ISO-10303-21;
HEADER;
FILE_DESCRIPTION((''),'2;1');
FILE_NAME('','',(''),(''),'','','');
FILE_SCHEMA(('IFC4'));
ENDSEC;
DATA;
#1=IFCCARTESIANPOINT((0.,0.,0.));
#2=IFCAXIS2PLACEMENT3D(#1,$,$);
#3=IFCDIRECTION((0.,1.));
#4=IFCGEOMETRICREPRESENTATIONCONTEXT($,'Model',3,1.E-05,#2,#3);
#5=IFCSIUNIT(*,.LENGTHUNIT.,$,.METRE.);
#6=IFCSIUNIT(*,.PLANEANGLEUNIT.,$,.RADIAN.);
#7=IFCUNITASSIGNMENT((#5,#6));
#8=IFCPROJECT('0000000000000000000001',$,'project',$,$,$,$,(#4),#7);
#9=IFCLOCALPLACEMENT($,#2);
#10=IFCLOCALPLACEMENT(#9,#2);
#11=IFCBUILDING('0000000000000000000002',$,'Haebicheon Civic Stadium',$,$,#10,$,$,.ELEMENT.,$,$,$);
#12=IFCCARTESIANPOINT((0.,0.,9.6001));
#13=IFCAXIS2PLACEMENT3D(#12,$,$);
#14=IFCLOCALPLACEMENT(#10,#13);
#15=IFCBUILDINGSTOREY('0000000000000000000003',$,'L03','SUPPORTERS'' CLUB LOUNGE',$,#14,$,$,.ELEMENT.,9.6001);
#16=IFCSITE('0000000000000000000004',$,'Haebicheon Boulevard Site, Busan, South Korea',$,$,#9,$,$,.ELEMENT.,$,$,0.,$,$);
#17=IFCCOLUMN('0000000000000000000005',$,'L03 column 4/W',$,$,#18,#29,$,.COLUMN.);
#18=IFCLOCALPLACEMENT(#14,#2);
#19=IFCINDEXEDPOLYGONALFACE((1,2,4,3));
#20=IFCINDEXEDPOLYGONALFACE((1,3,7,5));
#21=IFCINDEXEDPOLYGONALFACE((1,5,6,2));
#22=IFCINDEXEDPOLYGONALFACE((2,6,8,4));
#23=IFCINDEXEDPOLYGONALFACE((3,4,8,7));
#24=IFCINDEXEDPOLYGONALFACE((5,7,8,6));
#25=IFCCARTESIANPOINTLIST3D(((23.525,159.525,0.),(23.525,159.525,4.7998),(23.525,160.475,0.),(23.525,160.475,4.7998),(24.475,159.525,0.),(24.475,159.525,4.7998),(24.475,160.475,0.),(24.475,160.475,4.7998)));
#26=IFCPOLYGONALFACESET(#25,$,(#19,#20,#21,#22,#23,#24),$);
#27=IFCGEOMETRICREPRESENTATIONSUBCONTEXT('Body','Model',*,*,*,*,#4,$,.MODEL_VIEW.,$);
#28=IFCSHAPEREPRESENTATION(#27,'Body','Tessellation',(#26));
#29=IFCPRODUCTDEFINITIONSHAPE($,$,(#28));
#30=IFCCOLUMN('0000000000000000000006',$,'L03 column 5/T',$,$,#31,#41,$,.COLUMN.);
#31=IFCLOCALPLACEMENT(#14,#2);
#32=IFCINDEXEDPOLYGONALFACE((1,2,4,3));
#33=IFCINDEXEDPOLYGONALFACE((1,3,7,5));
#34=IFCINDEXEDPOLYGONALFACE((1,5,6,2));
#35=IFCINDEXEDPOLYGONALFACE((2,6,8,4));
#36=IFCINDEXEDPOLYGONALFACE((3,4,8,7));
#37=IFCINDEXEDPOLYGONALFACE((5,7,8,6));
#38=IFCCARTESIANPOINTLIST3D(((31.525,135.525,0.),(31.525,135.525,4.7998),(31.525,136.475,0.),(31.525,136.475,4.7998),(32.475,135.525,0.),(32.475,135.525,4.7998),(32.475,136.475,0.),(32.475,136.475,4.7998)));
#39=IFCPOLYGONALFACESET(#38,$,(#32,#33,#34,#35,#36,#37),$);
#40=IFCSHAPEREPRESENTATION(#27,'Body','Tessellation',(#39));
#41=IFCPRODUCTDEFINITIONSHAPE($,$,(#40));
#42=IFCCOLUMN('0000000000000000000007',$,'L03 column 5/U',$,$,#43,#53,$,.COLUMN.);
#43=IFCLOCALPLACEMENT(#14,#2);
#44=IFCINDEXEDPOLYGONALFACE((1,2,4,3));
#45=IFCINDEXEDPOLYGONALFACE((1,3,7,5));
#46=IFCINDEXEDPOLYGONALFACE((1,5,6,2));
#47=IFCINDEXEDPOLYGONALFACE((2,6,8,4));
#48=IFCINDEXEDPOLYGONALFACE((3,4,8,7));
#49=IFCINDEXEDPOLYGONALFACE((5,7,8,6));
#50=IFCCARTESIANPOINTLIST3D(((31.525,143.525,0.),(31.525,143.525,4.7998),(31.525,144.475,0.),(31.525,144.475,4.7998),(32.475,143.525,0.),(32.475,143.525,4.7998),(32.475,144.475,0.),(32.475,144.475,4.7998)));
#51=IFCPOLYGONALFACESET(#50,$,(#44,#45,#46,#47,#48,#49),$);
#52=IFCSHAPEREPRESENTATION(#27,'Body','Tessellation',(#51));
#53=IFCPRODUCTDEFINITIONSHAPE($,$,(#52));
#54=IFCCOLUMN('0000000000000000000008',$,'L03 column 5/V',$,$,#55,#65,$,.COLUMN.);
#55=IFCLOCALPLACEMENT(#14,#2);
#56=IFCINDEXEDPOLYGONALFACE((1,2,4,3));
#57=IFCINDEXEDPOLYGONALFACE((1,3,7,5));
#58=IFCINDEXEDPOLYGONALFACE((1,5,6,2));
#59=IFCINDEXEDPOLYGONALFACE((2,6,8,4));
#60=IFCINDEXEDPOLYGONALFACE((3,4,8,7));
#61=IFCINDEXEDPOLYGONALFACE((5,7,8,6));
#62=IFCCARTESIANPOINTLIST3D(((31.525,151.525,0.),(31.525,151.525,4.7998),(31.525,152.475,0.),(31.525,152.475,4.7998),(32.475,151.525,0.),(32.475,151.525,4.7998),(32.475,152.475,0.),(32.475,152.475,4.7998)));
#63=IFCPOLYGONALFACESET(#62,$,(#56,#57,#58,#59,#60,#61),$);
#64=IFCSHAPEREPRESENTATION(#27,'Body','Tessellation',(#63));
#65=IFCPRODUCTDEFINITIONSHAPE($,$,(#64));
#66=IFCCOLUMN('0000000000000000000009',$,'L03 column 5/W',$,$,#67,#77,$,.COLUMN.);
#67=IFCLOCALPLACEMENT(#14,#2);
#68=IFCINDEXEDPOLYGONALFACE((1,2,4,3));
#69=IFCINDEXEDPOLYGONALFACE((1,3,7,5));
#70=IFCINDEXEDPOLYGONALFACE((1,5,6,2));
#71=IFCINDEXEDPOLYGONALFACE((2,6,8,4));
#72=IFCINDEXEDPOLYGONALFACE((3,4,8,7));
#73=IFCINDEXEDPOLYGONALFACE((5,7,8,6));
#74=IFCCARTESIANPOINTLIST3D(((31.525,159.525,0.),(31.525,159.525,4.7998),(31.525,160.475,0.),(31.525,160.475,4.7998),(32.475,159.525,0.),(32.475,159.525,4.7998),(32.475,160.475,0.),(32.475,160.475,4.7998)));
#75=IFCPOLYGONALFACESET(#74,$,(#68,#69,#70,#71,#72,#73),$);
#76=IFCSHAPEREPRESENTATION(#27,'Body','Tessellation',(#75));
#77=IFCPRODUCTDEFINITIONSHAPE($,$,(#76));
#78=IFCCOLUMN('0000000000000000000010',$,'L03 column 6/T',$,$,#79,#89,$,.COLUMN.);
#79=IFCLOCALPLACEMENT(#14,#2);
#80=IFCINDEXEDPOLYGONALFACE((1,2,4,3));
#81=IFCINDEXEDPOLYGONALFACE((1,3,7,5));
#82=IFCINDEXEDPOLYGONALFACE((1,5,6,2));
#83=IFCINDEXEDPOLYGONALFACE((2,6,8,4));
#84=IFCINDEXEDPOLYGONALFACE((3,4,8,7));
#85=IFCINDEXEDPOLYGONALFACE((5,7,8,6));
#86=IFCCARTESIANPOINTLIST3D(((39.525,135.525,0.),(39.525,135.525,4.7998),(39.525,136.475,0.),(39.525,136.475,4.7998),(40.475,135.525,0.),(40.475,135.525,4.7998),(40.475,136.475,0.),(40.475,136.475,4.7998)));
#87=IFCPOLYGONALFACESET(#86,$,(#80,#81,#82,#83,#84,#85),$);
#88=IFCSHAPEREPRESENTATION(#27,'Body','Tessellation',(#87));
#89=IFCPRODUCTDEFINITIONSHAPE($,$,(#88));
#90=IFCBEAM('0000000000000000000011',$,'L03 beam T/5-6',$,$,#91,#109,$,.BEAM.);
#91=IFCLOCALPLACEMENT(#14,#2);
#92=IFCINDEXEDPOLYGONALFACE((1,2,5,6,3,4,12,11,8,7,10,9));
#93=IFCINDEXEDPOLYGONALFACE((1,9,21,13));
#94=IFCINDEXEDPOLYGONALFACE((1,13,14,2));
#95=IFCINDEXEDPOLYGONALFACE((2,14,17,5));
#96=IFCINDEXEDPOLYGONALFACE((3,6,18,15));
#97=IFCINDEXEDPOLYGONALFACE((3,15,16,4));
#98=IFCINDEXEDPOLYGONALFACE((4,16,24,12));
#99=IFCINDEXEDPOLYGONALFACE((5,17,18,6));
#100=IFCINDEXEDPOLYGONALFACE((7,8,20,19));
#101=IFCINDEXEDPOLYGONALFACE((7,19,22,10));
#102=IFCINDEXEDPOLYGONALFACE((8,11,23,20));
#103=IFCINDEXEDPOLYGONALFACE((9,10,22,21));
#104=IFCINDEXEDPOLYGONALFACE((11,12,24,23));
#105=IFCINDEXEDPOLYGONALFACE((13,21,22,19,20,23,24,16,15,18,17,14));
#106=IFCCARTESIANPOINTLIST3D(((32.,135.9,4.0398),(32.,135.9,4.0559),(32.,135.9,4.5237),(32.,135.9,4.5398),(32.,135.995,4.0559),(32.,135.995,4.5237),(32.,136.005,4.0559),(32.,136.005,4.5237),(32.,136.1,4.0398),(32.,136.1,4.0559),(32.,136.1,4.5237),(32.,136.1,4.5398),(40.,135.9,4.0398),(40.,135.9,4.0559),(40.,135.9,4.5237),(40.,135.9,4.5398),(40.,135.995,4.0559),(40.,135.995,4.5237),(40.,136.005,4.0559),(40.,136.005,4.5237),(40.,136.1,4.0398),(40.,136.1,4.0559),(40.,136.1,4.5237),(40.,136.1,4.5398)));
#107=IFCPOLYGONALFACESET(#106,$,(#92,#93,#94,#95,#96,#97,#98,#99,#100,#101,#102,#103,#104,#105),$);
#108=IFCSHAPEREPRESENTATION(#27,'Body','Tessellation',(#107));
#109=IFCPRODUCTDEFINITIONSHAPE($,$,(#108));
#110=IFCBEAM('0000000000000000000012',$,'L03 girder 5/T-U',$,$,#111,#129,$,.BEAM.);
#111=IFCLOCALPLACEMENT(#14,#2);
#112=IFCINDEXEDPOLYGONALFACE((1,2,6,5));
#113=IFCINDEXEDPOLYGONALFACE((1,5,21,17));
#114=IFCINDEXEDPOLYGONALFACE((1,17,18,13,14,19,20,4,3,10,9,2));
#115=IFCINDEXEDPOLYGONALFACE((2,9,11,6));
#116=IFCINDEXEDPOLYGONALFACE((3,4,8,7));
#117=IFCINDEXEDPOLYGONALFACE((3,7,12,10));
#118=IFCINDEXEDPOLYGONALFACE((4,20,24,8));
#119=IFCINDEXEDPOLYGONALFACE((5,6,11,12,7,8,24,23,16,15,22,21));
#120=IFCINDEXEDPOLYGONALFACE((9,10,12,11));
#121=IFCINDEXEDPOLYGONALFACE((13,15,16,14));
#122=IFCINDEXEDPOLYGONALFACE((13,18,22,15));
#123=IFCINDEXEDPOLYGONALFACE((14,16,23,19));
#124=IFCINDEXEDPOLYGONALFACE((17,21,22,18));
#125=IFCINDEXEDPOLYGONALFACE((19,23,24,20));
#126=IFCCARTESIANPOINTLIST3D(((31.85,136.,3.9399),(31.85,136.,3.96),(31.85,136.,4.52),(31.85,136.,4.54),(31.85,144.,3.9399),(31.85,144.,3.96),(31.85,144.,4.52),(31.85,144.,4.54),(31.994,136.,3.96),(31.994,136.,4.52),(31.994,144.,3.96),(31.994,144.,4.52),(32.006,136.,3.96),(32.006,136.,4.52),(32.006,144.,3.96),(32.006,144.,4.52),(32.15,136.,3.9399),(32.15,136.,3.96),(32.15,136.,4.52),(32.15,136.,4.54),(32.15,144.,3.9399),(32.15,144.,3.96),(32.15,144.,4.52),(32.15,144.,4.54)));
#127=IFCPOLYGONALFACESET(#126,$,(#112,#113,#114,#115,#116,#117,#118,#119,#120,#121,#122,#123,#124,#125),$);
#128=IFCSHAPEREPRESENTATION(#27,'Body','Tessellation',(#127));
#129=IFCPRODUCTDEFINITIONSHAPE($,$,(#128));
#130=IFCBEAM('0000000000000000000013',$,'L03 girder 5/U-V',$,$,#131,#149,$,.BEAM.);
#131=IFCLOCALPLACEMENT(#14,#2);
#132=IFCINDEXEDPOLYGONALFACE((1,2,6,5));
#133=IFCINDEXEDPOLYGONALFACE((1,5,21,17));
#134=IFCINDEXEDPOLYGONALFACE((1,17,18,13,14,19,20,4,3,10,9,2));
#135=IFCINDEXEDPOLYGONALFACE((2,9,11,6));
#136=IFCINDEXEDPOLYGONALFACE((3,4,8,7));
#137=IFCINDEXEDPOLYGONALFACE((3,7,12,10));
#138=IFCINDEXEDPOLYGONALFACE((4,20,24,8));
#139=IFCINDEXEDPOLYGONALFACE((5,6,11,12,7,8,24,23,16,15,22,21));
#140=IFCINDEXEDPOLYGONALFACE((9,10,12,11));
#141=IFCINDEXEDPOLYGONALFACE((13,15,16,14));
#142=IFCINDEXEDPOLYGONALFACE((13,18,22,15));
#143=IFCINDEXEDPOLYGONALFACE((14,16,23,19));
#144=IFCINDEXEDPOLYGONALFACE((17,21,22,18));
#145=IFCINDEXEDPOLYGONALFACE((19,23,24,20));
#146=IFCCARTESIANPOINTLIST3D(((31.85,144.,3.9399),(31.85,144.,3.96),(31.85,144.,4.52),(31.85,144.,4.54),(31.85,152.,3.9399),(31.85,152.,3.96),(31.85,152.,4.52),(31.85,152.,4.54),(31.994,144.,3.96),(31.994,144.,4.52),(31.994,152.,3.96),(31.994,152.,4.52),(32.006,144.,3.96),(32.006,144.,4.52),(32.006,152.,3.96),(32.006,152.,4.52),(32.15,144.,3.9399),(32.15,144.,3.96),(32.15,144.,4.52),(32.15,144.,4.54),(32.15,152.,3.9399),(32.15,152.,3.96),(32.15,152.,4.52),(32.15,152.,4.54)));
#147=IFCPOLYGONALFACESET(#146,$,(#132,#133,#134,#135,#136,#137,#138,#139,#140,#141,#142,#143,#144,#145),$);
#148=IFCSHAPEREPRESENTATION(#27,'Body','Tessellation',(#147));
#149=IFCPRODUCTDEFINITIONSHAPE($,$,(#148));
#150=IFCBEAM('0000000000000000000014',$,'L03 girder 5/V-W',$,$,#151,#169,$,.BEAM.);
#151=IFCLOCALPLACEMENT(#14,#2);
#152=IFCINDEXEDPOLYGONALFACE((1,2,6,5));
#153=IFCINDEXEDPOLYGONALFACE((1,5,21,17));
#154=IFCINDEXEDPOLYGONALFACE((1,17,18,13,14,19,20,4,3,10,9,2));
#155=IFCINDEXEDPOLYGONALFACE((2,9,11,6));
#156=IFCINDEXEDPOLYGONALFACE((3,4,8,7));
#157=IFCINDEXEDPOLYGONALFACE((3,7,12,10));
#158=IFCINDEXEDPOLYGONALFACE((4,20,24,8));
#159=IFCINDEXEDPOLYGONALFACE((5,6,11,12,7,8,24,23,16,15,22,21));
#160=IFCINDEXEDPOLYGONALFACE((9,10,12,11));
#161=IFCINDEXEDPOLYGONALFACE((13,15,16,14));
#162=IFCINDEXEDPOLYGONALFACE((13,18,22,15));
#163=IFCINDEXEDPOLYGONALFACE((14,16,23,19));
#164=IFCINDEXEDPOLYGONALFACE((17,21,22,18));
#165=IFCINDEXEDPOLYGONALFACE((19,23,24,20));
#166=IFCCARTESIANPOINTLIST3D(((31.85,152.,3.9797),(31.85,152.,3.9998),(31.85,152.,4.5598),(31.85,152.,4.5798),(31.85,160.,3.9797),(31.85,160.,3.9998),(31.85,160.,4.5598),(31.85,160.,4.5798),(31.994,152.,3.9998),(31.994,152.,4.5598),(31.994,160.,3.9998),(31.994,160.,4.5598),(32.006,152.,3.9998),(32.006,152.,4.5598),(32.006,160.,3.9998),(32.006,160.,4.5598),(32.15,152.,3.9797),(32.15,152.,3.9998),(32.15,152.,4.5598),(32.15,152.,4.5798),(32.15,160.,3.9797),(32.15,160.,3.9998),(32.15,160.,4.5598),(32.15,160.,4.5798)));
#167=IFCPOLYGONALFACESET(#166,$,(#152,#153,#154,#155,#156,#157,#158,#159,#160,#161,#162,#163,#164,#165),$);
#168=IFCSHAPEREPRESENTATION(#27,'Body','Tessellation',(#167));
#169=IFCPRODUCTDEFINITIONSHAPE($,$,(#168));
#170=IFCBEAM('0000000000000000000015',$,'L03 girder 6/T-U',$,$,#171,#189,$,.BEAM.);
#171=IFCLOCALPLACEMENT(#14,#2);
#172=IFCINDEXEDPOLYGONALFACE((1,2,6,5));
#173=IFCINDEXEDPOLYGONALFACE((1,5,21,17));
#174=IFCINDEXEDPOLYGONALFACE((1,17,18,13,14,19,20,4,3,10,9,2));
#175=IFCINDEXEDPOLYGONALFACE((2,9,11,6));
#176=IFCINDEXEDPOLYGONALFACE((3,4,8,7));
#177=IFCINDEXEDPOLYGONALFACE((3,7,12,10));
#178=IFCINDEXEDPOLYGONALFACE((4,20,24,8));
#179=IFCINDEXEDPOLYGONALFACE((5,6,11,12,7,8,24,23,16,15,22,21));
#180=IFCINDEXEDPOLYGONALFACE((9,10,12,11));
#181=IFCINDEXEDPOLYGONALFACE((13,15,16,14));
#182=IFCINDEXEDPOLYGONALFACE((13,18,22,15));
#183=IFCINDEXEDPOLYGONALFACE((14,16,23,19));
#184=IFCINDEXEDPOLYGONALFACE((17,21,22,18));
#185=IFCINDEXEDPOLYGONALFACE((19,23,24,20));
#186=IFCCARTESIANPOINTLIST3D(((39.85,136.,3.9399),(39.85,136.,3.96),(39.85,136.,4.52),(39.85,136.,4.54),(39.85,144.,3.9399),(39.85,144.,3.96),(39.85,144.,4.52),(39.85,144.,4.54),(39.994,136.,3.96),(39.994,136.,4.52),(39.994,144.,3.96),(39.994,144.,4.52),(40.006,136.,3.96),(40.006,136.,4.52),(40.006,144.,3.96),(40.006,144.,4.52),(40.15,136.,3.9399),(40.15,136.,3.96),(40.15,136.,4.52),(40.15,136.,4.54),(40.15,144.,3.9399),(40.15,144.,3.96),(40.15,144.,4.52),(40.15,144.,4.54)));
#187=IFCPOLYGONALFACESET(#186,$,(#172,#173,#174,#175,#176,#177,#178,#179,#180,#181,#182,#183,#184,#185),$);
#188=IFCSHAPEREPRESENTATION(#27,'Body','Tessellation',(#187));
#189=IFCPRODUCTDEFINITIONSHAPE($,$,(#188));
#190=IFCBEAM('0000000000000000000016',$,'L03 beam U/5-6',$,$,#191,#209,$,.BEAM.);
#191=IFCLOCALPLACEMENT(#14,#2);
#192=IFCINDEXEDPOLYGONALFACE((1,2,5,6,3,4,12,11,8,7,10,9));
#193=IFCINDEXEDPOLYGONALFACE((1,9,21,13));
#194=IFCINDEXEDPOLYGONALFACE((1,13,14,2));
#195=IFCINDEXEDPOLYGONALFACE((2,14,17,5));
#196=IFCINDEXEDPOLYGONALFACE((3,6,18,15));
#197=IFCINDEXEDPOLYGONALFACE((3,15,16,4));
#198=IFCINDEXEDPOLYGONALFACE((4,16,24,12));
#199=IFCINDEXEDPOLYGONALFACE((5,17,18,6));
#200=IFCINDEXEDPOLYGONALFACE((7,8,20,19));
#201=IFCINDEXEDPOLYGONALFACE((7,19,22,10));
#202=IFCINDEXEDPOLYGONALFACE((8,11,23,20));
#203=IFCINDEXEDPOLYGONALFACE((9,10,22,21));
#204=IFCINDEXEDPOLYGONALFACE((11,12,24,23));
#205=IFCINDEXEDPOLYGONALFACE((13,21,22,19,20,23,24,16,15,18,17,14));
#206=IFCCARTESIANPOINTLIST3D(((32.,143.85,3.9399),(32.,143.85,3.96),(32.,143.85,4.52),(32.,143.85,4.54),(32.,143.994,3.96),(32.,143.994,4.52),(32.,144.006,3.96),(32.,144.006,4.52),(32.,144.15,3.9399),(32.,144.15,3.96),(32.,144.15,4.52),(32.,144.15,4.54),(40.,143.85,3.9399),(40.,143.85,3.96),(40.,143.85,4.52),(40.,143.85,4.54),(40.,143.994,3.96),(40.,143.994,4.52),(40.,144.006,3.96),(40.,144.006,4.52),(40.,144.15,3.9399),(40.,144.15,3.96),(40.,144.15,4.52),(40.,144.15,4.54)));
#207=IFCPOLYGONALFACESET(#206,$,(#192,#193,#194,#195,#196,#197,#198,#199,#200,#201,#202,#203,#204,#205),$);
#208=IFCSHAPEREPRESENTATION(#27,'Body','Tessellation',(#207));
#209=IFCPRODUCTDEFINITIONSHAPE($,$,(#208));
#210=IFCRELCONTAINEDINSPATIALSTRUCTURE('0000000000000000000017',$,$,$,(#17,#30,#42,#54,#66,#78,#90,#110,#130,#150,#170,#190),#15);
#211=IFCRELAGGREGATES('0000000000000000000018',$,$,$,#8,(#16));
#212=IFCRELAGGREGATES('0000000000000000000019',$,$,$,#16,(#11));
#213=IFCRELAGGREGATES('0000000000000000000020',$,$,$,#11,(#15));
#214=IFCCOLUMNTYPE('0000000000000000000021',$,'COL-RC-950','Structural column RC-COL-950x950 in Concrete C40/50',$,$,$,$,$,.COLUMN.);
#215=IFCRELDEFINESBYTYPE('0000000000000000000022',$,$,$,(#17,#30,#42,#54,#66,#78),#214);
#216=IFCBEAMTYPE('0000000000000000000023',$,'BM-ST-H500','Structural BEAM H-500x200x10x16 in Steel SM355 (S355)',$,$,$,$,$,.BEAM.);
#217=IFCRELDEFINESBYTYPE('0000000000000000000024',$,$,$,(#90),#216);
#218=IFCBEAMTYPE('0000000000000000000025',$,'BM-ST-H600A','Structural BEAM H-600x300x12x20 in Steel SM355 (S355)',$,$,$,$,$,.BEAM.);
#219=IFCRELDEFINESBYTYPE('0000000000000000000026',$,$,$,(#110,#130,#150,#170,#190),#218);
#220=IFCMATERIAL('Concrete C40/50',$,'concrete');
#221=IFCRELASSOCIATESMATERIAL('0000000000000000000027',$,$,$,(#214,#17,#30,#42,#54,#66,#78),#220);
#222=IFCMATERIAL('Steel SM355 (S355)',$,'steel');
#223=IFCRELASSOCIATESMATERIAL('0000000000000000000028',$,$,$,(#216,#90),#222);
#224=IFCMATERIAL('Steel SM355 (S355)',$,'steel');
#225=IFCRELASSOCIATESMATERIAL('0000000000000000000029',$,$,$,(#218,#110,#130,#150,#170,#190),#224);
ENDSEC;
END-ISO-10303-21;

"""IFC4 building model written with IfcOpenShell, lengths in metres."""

from ifc_helpers import new_model, si_unit, direction, frame, origin, origin_2d, place, context, subcontext, project, spatial, rectangle, i_section, extrude, material, material_profile, profile_set, type_object, element, save


model = new_model("IFC4")

# Units and contexts
model_context = context("Model", 3, precision=1e-05, world=origin(), true_north=direction((0.0, 1.0)))
body_context = subcontext(model_context, "Body", "Model", "MODEL_VIEW")
ifc_project = project(units=[si_unit("LENGTHUNIT", "METRE"), si_unit("PLANEANGLEUNIT", "RADIAN")], contexts=[model_context])

# Site, building, storey
site_placement = place(None, origin())
site = spatial("IfcSite", under=ifc_project, at=site_placement, Name="Haebicheon Boulevard Site, Busan, South Korea", CompositionType="ELEMENT", RefElevation=0.0)
building_placement = place(site_placement, origin())
building = spatial("IfcBuilding", under=site, at=building_placement, Name="Haebicheon Civic Stadium", CompositionType="ELEMENT")
storey_placement = place(building_placement, frame((0.0, 0.0, 9.6001)))
storey = spatial("IfcBuildingStorey", under=building, at=storey_placement, Name="L03", Description="SUPPORTERS' CLUB LOUNGE", CompositionType="ELEMENT", Elevation=9.6001)

# Columns
ifc_material_1 = material(Name="Concrete C40/50", Category="concrete")
ifc_material_profile_1 = material_profile(ifc_material_1, rectangle(XDim=0.95, YDim=0.95, at=origin_2d()), Name="RC-COL-950x950")
ifc_profile_set_1 = profile_set([ifc_material_profile_1], Name="Concrete C40/50")
column_type = type_object("IfcColumnType", Name="COL-RC-950", Description="Structural column RC-COL-950x950 in Concrete C40/50", PredefinedType="COLUMN", material=ifc_profile_set_1)
for number, where, z_axis, x_axis, name in (
    (1, (24.0, 160.0, 0.0), (0.0, 0.0, 1.0), (1.0, 0.0, 0.0), "L03 column 4/W"),
    (2, (32.0, 136.0, 0.0), (0.0, 0.0, 1.0), (1.0, 0.0, 0.0), "L03 column 5/T"),
    (3, (32.0, 144.0, 0.0), (0.0, 0.0, 1.0), (1.0, 0.0, 0.0), "L03 column 5/U"),
    (4, (32.0, 152.0, 0.0), (0.0, 0.0, 1.0), (1.0, 0.0, 0.0), "L03 column 5/V"),
    (5, (32.0, 160.0, 0.0), (0.0, 0.0, 1.0), (1.0, 0.0, 0.0), "L03 column 5/W"),
    (6, (40.0, 136.0, 0.0), (0.0, 0.0, 1.0), (1.0, 0.0, 0.0), "L03 column 6/T"),
):
    element("IfcColumn", number, at=place(storey_placement, frame(where, z_axis=z_axis, x_axis=x_axis)), inside=storey, type_object=column_type, material=ifc_profile_set_1, Name=name, PredefinedType="COLUMN", context=body_context, shape_type="SweptSolid", body=[
        extrude(rectangle(XDim=0.95, YDim=0.95, at=origin_2d()), origin(), (0.0, 0.0, 1.0), 4.7998),
    ])

# Beams
ifc_material_2 = material(Name="Steel SM355 (S355)", Category="steel")
ifc_material_profile_2 = material_profile(ifc_material_2, i_section(OverallWidth=0.2, OverallDepth=0.5, WebThickness=0.01, FlangeThickness=0.0161, at=origin_2d()), Name="H-500x200x10x16")
ifc_profile_set_2 = profile_set([ifc_material_profile_2], Name="Steel SM355 (S355)")
beam_type_1 = type_object("IfcBeamType", Name="BM-ST-H500", Description="Structural BEAM H-500x200x10x16 in Steel SM355 (S355)", PredefinedType="BEAM", material=ifc_profile_set_2)
beam_placement = place(storey_placement, frame((32.0, 136.0, 4.2898), z_axis=(1.0, 0.0, 0.0), x_axis=(0.0, 1.0, 0.0)))
element("IfcBeam", 7, at=beam_placement, inside=storey, type_object=beam_type_1, material=ifc_profile_set_2, Name="L03 beam T/5-6", PredefinedType="BEAM", context=body_context, shape_type="SweptSolid", body=[
    extrude(i_section(OverallWidth=0.2, OverallDepth=0.5, WebThickness=0.01, FlangeThickness=0.0161, at=origin_2d()), origin(), (0.0, 0.0, 1.0), 8.0),
])
ifc_material_3 = material(Name="Steel SM355 (S355)", Category="steel")
ifc_material_profile_3 = material_profile(ifc_material_3, i_section(OverallWidth=0.3, OverallDepth=0.6001, WebThickness=0.012, FlangeThickness=0.02, at=origin_2d()), Name="H-600x300x12x20")
ifc_profile_set_3 = profile_set([ifc_material_profile_3], Name="Steel SM355 (S355)")
beam_type_2 = type_object("IfcBeamType", Name="BM-ST-H600A", Description="Structural BEAM H-600x300x12x20 in Steel SM355 (S355)", PredefinedType="BEAM", material=ifc_profile_set_3)
for number, where, z_axis, x_axis, name in (
    (8, (32.0, 136.0, 4.24), (0.0, 1.0, 0.0), (-1.0, 0.0, 0.0), "L03 girder 5/T-U"),
    (9, (32.0, 144.0, 4.24), (0.0, 1.0, 0.0), (-1.0, 0.0, 0.0), "L03 girder 5/U-V"),
    (10, (32.0, 152.0, 4.2798), (0.0, 1.0, 0.0), (-1.0, 0.0, 0.0), "L03 girder 5/V-W"),
    (11, (40.0, 136.0, 4.24), (0.0, 1.0, 0.0), (-1.0, 0.0, 0.0), "L03 girder 6/T-U"),
    (12, (32.0, 144.0, 4.24), (1.0, 0.0, 0.0), (0.0, 1.0, 0.0), "L03 beam U/5-6"),
):
    element("IfcBeam", number, at=place(storey_placement, frame(where, z_axis=z_axis, x_axis=x_axis)), inside=storey, type_object=beam_type_2, material=ifc_profile_set_3, Name=name, PredefinedType="BEAM", context=body_context, shape_type="SweptSolid", body=[
        extrude(i_section(OverallWidth=0.3, OverallDepth=0.6001, WebThickness=0.012, FlangeThickness=0.02, at=origin_2d()), origin(), (0.0, 0.0, 1.0), 8.0),
    ])

save(model, "model.ifc")
